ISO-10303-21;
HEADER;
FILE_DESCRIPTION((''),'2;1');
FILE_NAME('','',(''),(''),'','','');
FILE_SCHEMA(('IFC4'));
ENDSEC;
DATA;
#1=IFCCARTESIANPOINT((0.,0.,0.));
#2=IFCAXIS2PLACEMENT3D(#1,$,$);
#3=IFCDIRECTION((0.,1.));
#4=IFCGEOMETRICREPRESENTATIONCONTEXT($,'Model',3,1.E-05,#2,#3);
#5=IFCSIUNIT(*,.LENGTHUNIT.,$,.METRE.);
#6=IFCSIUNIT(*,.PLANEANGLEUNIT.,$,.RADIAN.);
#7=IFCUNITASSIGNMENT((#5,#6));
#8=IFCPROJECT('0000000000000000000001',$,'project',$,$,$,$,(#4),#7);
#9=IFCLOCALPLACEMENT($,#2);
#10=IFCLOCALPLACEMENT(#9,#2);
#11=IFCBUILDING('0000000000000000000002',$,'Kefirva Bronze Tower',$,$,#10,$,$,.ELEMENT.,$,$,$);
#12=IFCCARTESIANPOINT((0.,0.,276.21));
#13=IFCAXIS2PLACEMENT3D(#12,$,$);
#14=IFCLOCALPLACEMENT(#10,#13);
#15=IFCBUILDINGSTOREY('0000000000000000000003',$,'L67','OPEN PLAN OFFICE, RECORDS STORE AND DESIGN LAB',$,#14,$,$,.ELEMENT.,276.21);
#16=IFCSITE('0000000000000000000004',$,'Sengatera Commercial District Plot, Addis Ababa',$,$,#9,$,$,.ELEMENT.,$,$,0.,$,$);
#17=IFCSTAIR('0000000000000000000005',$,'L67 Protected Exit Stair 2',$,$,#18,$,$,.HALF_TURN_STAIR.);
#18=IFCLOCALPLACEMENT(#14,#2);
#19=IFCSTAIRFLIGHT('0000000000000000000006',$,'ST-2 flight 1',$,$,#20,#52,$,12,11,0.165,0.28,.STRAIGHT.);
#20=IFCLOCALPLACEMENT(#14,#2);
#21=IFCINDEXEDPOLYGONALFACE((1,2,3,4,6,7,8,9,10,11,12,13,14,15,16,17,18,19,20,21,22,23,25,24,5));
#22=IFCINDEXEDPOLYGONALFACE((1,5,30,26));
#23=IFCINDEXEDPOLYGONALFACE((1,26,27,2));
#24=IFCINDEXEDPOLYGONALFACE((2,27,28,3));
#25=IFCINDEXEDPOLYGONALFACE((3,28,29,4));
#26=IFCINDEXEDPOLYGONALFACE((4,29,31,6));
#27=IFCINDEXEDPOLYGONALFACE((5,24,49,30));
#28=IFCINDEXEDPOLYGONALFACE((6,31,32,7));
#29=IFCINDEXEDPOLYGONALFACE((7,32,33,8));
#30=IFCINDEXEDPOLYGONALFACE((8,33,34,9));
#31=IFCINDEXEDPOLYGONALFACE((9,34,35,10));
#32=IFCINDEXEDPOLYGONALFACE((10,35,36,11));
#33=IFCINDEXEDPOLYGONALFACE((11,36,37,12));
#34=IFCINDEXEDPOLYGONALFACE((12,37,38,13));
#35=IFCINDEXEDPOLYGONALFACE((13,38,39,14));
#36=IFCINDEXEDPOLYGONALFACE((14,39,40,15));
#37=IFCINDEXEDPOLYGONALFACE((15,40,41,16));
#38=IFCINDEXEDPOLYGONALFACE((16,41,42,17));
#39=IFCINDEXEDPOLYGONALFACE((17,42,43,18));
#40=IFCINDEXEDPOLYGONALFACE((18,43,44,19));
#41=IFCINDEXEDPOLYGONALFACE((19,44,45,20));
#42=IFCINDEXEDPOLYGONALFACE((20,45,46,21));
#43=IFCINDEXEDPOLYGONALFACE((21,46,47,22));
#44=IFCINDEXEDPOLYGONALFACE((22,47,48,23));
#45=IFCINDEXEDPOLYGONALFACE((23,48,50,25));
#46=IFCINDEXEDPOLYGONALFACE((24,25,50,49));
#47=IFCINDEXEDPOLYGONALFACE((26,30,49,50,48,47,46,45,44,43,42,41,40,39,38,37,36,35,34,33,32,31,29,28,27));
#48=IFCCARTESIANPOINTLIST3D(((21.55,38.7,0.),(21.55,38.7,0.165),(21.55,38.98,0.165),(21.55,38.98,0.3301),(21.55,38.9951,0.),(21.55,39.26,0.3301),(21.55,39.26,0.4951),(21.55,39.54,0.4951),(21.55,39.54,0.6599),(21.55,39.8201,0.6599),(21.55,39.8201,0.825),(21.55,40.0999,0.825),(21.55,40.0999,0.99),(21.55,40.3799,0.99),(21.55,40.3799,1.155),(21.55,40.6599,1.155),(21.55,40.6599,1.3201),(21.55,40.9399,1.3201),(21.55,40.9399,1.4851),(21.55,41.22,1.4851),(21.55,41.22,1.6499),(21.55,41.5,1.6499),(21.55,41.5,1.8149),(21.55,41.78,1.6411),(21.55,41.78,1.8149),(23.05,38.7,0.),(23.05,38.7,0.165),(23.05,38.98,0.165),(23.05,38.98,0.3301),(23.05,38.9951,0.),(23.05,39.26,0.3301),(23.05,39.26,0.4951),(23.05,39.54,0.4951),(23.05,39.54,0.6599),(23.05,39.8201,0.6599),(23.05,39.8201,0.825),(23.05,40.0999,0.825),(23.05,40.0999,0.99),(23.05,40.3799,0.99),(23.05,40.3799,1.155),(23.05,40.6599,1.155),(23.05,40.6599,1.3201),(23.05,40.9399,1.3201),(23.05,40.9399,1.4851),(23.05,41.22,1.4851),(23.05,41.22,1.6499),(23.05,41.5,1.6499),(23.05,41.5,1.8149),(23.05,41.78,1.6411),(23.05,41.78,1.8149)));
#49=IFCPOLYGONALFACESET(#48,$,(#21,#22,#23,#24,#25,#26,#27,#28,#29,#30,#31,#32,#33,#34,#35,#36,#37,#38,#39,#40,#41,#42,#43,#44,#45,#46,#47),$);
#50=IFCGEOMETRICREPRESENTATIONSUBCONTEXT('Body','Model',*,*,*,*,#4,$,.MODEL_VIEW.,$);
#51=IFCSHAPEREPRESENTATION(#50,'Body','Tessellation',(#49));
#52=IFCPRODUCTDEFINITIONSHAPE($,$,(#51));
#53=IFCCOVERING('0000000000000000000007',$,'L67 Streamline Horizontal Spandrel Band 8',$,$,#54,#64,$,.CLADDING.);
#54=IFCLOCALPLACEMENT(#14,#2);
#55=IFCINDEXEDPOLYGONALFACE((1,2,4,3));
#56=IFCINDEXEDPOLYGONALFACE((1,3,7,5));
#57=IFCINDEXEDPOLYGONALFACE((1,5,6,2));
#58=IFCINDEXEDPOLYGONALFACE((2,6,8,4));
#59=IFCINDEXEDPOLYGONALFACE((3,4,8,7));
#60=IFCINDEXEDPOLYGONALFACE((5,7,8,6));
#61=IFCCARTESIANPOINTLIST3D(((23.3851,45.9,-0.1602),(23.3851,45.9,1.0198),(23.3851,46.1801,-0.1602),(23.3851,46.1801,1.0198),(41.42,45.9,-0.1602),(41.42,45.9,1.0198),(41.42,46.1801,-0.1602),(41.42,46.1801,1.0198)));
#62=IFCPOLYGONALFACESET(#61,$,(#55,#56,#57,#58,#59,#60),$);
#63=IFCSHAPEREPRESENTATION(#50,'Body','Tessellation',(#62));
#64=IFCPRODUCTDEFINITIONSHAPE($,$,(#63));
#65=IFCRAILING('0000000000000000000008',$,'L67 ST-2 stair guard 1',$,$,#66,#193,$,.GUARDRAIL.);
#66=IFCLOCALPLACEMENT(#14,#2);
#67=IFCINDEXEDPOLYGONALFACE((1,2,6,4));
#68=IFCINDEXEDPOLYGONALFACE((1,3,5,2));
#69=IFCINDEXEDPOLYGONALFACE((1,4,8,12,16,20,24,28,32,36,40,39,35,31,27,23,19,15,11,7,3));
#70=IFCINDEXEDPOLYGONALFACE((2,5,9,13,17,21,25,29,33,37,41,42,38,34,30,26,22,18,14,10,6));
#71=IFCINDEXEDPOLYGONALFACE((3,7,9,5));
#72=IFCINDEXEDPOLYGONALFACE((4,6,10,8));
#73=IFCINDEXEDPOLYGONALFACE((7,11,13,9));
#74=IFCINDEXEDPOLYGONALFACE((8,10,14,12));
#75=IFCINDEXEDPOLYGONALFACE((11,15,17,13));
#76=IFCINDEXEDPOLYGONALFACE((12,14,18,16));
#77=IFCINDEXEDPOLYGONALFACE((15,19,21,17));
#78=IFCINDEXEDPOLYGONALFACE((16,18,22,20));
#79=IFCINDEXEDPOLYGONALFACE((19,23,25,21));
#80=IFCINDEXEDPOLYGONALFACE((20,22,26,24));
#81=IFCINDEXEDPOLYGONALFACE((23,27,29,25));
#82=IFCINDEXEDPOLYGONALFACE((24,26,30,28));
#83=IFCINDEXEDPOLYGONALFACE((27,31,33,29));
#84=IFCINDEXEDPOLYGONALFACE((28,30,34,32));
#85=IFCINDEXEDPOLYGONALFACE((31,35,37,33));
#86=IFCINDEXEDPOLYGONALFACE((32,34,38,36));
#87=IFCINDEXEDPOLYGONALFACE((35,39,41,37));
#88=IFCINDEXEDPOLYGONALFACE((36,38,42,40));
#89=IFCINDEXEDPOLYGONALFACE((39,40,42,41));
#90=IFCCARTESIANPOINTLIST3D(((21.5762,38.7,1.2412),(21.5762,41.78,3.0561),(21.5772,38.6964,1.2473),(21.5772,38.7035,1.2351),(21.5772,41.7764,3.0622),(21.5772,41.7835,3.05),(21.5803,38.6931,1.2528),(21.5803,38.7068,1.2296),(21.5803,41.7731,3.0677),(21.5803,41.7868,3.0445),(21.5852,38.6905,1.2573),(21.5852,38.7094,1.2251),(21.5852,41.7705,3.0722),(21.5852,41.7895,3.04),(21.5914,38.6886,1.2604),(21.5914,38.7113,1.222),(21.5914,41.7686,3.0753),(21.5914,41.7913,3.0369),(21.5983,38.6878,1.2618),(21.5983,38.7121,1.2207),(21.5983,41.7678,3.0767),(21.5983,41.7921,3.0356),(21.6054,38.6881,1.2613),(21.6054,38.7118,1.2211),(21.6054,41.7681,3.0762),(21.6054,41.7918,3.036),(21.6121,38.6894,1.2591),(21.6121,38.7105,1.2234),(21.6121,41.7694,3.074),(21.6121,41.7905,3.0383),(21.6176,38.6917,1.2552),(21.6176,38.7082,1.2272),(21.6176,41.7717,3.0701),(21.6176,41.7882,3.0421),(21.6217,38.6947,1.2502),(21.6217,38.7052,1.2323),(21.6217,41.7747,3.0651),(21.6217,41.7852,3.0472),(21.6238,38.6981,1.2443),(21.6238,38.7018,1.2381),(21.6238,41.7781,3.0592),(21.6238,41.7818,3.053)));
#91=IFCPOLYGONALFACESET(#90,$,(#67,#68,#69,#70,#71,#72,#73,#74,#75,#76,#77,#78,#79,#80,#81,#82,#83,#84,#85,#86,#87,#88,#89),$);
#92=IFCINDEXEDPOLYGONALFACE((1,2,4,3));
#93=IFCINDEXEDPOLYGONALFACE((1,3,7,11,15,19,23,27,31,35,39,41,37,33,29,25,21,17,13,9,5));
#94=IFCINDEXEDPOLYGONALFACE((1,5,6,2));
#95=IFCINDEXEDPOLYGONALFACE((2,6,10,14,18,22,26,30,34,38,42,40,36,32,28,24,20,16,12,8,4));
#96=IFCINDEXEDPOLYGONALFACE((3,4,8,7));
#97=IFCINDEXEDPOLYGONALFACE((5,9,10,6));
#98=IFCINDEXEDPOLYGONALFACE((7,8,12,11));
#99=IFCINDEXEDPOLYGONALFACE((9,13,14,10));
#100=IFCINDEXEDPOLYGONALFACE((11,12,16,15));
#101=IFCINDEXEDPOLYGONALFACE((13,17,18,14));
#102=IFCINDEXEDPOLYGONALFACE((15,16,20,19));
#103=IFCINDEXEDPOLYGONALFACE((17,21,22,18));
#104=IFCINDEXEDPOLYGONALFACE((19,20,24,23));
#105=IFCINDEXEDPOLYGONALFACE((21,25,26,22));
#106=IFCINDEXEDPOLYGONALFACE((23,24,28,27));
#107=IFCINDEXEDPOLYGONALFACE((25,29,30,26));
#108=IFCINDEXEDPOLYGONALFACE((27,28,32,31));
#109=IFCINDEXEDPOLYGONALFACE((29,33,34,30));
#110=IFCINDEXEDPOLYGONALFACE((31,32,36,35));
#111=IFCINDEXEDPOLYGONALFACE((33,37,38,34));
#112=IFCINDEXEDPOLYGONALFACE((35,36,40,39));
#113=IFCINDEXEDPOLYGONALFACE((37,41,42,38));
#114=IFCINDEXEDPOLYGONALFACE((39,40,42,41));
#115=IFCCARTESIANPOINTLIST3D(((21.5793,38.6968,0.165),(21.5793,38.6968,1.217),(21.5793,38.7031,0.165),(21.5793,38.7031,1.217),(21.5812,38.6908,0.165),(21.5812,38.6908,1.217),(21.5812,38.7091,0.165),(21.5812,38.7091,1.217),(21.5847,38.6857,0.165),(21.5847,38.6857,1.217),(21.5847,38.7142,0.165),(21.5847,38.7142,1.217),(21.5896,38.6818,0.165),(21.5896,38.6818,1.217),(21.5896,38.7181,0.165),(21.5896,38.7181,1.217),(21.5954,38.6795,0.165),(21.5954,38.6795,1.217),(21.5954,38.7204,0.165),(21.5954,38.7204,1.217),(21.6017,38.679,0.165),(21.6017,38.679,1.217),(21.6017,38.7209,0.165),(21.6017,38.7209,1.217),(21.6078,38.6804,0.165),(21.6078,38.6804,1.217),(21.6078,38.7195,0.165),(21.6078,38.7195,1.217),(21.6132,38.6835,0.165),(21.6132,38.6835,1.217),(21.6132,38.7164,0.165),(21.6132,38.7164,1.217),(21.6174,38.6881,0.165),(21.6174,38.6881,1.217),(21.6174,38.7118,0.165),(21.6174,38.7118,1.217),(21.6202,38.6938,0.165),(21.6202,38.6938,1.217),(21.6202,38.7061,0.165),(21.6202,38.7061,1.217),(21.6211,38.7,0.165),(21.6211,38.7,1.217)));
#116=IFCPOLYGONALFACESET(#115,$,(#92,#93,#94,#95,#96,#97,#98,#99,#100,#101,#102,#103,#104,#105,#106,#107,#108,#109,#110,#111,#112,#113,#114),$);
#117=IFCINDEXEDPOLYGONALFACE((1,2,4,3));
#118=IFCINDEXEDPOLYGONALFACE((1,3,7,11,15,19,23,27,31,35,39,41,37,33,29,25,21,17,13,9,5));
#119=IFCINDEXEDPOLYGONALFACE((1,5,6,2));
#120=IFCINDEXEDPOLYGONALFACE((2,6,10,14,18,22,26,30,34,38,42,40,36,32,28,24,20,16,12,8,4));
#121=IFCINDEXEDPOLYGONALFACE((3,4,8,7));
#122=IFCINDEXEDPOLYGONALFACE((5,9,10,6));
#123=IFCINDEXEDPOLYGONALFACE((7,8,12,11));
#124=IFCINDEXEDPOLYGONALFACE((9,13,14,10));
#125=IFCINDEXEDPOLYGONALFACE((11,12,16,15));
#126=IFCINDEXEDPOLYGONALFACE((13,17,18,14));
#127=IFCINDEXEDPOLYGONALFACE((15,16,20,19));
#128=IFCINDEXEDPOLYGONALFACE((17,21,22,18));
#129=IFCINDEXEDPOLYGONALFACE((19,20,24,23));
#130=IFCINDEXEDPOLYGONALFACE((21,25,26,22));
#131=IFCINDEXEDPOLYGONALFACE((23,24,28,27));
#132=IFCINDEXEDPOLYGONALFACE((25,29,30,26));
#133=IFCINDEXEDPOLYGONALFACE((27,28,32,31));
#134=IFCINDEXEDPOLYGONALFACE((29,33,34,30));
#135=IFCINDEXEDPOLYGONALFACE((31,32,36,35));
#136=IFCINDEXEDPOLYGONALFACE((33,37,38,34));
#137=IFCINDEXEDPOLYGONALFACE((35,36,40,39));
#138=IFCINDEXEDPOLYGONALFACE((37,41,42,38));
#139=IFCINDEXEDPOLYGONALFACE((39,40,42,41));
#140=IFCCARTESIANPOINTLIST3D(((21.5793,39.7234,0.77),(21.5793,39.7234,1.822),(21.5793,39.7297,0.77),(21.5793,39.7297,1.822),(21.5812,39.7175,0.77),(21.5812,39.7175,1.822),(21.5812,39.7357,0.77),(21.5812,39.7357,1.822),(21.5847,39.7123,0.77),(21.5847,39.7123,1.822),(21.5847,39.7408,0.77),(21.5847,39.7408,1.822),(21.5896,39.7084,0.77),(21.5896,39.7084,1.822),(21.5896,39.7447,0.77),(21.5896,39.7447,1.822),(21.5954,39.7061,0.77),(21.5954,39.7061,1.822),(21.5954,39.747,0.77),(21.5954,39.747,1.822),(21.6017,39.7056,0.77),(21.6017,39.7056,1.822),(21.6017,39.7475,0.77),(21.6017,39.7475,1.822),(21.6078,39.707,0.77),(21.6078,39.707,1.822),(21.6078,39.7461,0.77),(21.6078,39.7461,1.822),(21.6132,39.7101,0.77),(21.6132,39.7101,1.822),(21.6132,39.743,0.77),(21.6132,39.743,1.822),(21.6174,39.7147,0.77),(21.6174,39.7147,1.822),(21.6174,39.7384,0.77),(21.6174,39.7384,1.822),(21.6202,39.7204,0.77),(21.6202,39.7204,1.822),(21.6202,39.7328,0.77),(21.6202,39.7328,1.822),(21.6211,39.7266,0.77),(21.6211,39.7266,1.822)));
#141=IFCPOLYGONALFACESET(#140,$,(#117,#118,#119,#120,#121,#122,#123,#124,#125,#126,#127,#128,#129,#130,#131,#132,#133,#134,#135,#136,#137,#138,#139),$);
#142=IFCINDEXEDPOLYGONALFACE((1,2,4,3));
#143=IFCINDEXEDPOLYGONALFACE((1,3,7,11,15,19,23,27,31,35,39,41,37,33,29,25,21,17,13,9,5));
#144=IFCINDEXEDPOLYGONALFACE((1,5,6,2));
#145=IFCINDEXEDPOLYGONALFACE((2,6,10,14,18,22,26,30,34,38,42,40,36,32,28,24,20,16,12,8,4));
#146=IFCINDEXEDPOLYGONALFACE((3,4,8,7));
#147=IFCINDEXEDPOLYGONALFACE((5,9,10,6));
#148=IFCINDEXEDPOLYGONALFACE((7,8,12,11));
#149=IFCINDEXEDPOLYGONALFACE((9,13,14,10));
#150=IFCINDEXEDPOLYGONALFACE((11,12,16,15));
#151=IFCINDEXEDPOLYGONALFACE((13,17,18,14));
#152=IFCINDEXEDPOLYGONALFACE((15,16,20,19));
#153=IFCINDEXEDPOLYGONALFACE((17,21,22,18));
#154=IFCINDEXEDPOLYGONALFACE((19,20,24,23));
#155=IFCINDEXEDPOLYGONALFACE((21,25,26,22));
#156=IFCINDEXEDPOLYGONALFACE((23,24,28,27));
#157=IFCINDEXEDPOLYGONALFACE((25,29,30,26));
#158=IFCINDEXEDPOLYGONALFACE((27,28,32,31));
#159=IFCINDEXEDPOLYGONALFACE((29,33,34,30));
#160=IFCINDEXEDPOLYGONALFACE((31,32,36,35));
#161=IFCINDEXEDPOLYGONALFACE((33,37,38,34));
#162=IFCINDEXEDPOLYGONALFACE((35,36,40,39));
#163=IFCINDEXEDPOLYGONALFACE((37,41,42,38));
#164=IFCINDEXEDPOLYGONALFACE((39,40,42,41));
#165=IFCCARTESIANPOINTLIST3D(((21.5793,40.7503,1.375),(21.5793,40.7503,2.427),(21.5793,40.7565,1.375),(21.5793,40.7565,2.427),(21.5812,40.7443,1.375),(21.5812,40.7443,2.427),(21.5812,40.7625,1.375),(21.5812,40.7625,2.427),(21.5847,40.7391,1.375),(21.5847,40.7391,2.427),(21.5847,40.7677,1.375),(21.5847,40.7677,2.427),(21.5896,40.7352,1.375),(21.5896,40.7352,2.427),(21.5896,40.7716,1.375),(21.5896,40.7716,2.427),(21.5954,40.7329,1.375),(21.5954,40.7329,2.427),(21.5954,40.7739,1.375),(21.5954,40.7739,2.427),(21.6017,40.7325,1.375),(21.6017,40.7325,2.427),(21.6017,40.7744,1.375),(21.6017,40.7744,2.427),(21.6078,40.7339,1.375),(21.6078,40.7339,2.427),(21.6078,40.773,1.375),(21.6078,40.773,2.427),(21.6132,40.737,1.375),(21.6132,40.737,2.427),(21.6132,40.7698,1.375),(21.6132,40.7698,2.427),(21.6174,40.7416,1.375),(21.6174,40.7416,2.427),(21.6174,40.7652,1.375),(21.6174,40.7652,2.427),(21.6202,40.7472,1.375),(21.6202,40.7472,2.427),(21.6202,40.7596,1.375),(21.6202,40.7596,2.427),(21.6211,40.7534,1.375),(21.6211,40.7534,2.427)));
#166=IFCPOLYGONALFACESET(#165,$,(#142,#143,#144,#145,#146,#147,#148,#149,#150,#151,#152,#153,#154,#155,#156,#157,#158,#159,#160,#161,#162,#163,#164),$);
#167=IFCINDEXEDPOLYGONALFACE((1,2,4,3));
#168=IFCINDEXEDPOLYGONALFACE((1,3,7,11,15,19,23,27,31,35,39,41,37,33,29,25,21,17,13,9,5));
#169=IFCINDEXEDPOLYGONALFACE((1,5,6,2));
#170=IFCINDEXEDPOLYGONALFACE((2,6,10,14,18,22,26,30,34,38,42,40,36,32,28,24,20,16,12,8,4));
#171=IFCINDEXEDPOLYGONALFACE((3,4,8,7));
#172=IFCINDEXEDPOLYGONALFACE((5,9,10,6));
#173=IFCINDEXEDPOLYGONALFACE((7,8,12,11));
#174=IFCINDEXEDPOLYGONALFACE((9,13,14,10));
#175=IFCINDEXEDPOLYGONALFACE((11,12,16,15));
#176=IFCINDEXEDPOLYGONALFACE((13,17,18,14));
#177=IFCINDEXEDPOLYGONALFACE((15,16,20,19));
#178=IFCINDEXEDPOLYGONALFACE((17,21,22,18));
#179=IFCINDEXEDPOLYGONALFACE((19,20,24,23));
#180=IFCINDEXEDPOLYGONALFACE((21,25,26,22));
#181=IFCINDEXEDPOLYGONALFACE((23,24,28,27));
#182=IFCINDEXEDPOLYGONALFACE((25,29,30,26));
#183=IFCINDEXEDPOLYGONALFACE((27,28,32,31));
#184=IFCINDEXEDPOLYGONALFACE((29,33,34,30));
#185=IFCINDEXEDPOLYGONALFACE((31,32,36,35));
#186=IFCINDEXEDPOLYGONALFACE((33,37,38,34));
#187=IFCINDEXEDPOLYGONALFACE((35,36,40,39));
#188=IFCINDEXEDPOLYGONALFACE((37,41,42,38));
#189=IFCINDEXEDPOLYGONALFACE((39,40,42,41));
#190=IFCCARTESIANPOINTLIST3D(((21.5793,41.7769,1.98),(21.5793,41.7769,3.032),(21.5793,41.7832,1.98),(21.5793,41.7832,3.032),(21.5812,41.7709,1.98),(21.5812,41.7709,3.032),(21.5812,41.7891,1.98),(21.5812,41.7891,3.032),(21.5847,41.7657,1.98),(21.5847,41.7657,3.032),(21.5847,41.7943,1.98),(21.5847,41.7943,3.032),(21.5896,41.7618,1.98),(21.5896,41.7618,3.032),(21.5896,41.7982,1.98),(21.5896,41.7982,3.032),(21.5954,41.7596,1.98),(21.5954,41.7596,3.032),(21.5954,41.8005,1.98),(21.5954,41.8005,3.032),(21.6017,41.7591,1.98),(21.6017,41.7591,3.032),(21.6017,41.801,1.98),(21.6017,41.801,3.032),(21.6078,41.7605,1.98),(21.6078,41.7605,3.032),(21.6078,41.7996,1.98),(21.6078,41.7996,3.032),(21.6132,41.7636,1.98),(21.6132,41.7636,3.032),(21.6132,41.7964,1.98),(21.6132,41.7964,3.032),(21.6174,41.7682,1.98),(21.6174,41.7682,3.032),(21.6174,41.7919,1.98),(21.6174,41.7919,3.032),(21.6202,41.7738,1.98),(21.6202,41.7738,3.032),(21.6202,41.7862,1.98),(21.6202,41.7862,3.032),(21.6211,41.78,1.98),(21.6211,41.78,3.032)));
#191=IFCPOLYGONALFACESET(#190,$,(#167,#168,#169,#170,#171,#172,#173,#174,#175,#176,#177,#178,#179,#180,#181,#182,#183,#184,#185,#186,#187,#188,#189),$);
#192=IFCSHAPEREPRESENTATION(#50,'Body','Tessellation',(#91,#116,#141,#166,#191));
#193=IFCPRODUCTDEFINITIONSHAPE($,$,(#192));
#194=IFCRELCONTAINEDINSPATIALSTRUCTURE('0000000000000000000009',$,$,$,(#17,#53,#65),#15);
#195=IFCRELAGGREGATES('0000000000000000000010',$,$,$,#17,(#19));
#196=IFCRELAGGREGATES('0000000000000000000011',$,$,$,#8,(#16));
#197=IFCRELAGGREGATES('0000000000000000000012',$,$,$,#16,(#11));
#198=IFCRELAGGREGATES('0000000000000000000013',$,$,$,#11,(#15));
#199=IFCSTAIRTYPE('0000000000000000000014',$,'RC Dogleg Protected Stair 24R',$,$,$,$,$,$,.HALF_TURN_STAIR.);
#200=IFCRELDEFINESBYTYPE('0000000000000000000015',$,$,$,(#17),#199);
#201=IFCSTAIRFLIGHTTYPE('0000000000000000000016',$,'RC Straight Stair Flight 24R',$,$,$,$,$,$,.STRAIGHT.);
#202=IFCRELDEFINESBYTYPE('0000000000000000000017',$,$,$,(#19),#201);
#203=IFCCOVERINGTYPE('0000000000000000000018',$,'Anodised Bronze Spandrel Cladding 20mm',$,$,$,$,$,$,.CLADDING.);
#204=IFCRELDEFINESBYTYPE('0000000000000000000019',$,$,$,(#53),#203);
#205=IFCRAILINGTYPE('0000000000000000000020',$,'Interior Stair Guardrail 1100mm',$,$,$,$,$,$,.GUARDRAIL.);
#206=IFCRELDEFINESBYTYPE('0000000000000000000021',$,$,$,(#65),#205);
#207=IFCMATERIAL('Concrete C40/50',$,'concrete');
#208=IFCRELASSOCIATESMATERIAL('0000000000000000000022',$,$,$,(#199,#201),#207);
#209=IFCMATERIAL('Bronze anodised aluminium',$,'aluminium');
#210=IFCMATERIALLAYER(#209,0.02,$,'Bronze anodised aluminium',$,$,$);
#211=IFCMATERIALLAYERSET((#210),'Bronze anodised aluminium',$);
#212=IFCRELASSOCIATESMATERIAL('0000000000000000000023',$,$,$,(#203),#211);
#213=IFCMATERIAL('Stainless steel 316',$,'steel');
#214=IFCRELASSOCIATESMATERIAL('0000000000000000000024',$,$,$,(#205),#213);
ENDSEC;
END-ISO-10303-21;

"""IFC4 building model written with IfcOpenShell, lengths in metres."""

from ifc_helpers import new_model, si_unit, direction, frame, origin, origin_2d, place, context, subcontext, project, spatial, polyline, rectangle, circle, outline, extrude, material, layer, layer_set, type_object, element, aggregate, save


model = new_model("IFC4")

# Units and contexts
model_context = context("Model", 3, precision=1e-05, world=origin(), true_north=direction((0.0, 1.0)))
body_context = subcontext(model_context, "Body", "Model", "MODEL_VIEW")
ifc_project = project(units=[si_unit("LENGTHUNIT", "METRE"), si_unit("PLANEANGLEUNIT", "RADIAN")], contexts=[model_context])

# Site, building, storey
site_placement = place(None, origin())
site = spatial("IfcSite", under=ifc_project, at=site_placement, Name="Sengatera Commercial District Plot, Addis Ababa", CompositionType="ELEMENT", RefElevation=0.0)
building_placement = place(site_placement, origin())
building = spatial("IfcBuilding", under=site, at=building_placement, Name="Kefirva Bronze Tower", CompositionType="ELEMENT")
storey_placement = place(building_placement, frame((0.0, 0.0, 276.21)))
storey = spatial("IfcBuildingStorey", under=building, at=storey_placement, Name="L67", Description="OPEN PLAN OFFICE, RECORDS STORE AND DESIGN LAB", CompositionType="ELEMENT", Elevation=276.21)

# Shared definitions
ifc_material_1 = material(Name="Bronze anodised aluminium", Category="aluminium")

# Stair, stair flight
ifc_material_2 = material(Name="Concrete C40/50", Category="concrete")
stair_type = type_object("IfcStairType", Name="RC Dogleg Protected Stair 24R", PredefinedType="HALF_TURN_STAIR", material=ifc_material_2)
stair_placement = place(storey_placement, origin())
stair = element("IfcStair", 1, at=stair_placement, inside=storey, type_object=stair_type, Name="L67 Protected Exit Stair 2", PredefinedType="HALF_TURN_STAIR")
stair_flight_type = type_object("IfcStairFlightType", Name="RC Straight Stair Flight 24R", PredefinedType="STRAIGHT", material=ifc_material_2)
stair_flight_placement = place(storey_placement, frame((22.3, 38.7, 0.0), z_axis=(0.0, 0.0, 1.0), x_axis=(0.0, 1.0, 0.0)))
stair_flight = element("IfcStairFlight", 2, at=stair_flight_placement, type_object=stair_flight_type, Name="ST-2 flight 1", NumberOfRisers=12, NumberOfTreads=11, PredefinedType="STRAIGHT", RiserHeight=0.165, TreadLength=0.28, context=body_context, shape_type="SweptSolid", body=[
    extrude(outline(polyline([(0.0, 0.0), (0.0, 0.165), (0.28, 0.165), (0.28, 0.3301), (0.5601, 0.3301), (0.5601, 0.4951), (0.8401, 0.4951), (0.8401, 0.6599), (1.1201, 0.6599), (1.1201, 0.825), (1.3999, 0.825), (1.3999, 0.99), (1.6799, 0.99), (1.6799, 1.155), (1.96, 1.155), (1.96, 1.3201), (2.24, 1.3201), (2.24, 1.4851), (2.52, 1.4851), (2.52, 1.6499), (2.8, 1.6499), (2.8, 1.8149), (3.0801, 1.8149), (3.0801, 1.98), (3.0801, 1.6411), (0.2952, 0.0), (0.0, 0.0)])), frame((0.0, 0.75, 0.0), z_axis=(0.0, -1.0, 0.0), x_axis=(1.0, 0.0, 0.0)), (0.0, 0.0, 1.0), 1.5),
])
aggregate(stair, [stair_flight])

# Covering
ifc_layer_1 = layer(ifc_material_1, 0.02, Name="Bronze anodised aluminium")
ifc_layer_set_1 = layer_set([ifc_layer_1], Name="Bronze anodised aluminium")
covering_type_1 = type_object("IfcCoveringType", Name="Anodised Bronze Spandrel Cladding 20mm", PredefinedType="CLADDING", material=ifc_layer_set_1)
covering_1_placement = place(storey_placement, frame((32.4026, 46.04, -0.1602), z_axis=(0.0, 0.0, 1.0), x_axis=(-1.0, 0.0, 0.0)))
element("IfcCovering", 3, at=covering_1_placement, inside=storey, type_object=covering_type_1, Name="L67 Streamline Horizontal Spandrel Band 8", PredefinedType="CLADDING", context=body_context, shape_type="SweptSolid", body=[
    extrude(rectangle(XDim=18.0349, YDim=0.28, at=origin_2d()), origin(), (0.0, 0.0, 1.0), 1.1799),
])

# Railing
ifc_material_3 = material(Name="Stainless steel 316", Category="steel")
railing_type_1 = type_object("IfcRailingType", Name="Interior Stair Guardrail 1100mm", PredefinedType="GUARDRAIL", material=ifc_material_3)
railing_1_placement = place(storey_placement, frame((21.6001, 38.7, 0.165)))
element("IfcRailing", 4, at=railing_1_placement, inside=storey, type_object=railing_type_1, Name="L67 ST-2 stair guard 1", PredefinedType="GUARDRAIL", context=body_context, shape_type="SweptSolid", body=[
    extrude(circle(Radius=0.0239, at=origin_2d()), frame((0.0, 0.0, 1.0762), z_axis=(0.0, 0.861551, 0.507671), x_axis=(-1.0, 0.0, 0.0)), (0.0, 0.0, 1.0), 3.575),
    extrude(circle(Radius=0.021, at=origin_2d()), origin(), (0.0, 0.0, 1.0), 1.052),
    extrude(circle(Radius=0.021, at=origin_2d()), frame((0.0, 1.0266, 0.605)), (0.0, 0.0, 1.0), 1.052),
    extrude(circle(Radius=0.021, at=origin_2d()), frame((0.0, 2.0535, 1.21)), (0.0, 0.0, 1.0), 1.052),
    extrude(circle(Radius=0.021, at=origin_2d()), frame((0.0, 3.0801, 1.8149)), (0.0, 0.0, 1.0), 1.052),
])

save(model, "model.ifc")
